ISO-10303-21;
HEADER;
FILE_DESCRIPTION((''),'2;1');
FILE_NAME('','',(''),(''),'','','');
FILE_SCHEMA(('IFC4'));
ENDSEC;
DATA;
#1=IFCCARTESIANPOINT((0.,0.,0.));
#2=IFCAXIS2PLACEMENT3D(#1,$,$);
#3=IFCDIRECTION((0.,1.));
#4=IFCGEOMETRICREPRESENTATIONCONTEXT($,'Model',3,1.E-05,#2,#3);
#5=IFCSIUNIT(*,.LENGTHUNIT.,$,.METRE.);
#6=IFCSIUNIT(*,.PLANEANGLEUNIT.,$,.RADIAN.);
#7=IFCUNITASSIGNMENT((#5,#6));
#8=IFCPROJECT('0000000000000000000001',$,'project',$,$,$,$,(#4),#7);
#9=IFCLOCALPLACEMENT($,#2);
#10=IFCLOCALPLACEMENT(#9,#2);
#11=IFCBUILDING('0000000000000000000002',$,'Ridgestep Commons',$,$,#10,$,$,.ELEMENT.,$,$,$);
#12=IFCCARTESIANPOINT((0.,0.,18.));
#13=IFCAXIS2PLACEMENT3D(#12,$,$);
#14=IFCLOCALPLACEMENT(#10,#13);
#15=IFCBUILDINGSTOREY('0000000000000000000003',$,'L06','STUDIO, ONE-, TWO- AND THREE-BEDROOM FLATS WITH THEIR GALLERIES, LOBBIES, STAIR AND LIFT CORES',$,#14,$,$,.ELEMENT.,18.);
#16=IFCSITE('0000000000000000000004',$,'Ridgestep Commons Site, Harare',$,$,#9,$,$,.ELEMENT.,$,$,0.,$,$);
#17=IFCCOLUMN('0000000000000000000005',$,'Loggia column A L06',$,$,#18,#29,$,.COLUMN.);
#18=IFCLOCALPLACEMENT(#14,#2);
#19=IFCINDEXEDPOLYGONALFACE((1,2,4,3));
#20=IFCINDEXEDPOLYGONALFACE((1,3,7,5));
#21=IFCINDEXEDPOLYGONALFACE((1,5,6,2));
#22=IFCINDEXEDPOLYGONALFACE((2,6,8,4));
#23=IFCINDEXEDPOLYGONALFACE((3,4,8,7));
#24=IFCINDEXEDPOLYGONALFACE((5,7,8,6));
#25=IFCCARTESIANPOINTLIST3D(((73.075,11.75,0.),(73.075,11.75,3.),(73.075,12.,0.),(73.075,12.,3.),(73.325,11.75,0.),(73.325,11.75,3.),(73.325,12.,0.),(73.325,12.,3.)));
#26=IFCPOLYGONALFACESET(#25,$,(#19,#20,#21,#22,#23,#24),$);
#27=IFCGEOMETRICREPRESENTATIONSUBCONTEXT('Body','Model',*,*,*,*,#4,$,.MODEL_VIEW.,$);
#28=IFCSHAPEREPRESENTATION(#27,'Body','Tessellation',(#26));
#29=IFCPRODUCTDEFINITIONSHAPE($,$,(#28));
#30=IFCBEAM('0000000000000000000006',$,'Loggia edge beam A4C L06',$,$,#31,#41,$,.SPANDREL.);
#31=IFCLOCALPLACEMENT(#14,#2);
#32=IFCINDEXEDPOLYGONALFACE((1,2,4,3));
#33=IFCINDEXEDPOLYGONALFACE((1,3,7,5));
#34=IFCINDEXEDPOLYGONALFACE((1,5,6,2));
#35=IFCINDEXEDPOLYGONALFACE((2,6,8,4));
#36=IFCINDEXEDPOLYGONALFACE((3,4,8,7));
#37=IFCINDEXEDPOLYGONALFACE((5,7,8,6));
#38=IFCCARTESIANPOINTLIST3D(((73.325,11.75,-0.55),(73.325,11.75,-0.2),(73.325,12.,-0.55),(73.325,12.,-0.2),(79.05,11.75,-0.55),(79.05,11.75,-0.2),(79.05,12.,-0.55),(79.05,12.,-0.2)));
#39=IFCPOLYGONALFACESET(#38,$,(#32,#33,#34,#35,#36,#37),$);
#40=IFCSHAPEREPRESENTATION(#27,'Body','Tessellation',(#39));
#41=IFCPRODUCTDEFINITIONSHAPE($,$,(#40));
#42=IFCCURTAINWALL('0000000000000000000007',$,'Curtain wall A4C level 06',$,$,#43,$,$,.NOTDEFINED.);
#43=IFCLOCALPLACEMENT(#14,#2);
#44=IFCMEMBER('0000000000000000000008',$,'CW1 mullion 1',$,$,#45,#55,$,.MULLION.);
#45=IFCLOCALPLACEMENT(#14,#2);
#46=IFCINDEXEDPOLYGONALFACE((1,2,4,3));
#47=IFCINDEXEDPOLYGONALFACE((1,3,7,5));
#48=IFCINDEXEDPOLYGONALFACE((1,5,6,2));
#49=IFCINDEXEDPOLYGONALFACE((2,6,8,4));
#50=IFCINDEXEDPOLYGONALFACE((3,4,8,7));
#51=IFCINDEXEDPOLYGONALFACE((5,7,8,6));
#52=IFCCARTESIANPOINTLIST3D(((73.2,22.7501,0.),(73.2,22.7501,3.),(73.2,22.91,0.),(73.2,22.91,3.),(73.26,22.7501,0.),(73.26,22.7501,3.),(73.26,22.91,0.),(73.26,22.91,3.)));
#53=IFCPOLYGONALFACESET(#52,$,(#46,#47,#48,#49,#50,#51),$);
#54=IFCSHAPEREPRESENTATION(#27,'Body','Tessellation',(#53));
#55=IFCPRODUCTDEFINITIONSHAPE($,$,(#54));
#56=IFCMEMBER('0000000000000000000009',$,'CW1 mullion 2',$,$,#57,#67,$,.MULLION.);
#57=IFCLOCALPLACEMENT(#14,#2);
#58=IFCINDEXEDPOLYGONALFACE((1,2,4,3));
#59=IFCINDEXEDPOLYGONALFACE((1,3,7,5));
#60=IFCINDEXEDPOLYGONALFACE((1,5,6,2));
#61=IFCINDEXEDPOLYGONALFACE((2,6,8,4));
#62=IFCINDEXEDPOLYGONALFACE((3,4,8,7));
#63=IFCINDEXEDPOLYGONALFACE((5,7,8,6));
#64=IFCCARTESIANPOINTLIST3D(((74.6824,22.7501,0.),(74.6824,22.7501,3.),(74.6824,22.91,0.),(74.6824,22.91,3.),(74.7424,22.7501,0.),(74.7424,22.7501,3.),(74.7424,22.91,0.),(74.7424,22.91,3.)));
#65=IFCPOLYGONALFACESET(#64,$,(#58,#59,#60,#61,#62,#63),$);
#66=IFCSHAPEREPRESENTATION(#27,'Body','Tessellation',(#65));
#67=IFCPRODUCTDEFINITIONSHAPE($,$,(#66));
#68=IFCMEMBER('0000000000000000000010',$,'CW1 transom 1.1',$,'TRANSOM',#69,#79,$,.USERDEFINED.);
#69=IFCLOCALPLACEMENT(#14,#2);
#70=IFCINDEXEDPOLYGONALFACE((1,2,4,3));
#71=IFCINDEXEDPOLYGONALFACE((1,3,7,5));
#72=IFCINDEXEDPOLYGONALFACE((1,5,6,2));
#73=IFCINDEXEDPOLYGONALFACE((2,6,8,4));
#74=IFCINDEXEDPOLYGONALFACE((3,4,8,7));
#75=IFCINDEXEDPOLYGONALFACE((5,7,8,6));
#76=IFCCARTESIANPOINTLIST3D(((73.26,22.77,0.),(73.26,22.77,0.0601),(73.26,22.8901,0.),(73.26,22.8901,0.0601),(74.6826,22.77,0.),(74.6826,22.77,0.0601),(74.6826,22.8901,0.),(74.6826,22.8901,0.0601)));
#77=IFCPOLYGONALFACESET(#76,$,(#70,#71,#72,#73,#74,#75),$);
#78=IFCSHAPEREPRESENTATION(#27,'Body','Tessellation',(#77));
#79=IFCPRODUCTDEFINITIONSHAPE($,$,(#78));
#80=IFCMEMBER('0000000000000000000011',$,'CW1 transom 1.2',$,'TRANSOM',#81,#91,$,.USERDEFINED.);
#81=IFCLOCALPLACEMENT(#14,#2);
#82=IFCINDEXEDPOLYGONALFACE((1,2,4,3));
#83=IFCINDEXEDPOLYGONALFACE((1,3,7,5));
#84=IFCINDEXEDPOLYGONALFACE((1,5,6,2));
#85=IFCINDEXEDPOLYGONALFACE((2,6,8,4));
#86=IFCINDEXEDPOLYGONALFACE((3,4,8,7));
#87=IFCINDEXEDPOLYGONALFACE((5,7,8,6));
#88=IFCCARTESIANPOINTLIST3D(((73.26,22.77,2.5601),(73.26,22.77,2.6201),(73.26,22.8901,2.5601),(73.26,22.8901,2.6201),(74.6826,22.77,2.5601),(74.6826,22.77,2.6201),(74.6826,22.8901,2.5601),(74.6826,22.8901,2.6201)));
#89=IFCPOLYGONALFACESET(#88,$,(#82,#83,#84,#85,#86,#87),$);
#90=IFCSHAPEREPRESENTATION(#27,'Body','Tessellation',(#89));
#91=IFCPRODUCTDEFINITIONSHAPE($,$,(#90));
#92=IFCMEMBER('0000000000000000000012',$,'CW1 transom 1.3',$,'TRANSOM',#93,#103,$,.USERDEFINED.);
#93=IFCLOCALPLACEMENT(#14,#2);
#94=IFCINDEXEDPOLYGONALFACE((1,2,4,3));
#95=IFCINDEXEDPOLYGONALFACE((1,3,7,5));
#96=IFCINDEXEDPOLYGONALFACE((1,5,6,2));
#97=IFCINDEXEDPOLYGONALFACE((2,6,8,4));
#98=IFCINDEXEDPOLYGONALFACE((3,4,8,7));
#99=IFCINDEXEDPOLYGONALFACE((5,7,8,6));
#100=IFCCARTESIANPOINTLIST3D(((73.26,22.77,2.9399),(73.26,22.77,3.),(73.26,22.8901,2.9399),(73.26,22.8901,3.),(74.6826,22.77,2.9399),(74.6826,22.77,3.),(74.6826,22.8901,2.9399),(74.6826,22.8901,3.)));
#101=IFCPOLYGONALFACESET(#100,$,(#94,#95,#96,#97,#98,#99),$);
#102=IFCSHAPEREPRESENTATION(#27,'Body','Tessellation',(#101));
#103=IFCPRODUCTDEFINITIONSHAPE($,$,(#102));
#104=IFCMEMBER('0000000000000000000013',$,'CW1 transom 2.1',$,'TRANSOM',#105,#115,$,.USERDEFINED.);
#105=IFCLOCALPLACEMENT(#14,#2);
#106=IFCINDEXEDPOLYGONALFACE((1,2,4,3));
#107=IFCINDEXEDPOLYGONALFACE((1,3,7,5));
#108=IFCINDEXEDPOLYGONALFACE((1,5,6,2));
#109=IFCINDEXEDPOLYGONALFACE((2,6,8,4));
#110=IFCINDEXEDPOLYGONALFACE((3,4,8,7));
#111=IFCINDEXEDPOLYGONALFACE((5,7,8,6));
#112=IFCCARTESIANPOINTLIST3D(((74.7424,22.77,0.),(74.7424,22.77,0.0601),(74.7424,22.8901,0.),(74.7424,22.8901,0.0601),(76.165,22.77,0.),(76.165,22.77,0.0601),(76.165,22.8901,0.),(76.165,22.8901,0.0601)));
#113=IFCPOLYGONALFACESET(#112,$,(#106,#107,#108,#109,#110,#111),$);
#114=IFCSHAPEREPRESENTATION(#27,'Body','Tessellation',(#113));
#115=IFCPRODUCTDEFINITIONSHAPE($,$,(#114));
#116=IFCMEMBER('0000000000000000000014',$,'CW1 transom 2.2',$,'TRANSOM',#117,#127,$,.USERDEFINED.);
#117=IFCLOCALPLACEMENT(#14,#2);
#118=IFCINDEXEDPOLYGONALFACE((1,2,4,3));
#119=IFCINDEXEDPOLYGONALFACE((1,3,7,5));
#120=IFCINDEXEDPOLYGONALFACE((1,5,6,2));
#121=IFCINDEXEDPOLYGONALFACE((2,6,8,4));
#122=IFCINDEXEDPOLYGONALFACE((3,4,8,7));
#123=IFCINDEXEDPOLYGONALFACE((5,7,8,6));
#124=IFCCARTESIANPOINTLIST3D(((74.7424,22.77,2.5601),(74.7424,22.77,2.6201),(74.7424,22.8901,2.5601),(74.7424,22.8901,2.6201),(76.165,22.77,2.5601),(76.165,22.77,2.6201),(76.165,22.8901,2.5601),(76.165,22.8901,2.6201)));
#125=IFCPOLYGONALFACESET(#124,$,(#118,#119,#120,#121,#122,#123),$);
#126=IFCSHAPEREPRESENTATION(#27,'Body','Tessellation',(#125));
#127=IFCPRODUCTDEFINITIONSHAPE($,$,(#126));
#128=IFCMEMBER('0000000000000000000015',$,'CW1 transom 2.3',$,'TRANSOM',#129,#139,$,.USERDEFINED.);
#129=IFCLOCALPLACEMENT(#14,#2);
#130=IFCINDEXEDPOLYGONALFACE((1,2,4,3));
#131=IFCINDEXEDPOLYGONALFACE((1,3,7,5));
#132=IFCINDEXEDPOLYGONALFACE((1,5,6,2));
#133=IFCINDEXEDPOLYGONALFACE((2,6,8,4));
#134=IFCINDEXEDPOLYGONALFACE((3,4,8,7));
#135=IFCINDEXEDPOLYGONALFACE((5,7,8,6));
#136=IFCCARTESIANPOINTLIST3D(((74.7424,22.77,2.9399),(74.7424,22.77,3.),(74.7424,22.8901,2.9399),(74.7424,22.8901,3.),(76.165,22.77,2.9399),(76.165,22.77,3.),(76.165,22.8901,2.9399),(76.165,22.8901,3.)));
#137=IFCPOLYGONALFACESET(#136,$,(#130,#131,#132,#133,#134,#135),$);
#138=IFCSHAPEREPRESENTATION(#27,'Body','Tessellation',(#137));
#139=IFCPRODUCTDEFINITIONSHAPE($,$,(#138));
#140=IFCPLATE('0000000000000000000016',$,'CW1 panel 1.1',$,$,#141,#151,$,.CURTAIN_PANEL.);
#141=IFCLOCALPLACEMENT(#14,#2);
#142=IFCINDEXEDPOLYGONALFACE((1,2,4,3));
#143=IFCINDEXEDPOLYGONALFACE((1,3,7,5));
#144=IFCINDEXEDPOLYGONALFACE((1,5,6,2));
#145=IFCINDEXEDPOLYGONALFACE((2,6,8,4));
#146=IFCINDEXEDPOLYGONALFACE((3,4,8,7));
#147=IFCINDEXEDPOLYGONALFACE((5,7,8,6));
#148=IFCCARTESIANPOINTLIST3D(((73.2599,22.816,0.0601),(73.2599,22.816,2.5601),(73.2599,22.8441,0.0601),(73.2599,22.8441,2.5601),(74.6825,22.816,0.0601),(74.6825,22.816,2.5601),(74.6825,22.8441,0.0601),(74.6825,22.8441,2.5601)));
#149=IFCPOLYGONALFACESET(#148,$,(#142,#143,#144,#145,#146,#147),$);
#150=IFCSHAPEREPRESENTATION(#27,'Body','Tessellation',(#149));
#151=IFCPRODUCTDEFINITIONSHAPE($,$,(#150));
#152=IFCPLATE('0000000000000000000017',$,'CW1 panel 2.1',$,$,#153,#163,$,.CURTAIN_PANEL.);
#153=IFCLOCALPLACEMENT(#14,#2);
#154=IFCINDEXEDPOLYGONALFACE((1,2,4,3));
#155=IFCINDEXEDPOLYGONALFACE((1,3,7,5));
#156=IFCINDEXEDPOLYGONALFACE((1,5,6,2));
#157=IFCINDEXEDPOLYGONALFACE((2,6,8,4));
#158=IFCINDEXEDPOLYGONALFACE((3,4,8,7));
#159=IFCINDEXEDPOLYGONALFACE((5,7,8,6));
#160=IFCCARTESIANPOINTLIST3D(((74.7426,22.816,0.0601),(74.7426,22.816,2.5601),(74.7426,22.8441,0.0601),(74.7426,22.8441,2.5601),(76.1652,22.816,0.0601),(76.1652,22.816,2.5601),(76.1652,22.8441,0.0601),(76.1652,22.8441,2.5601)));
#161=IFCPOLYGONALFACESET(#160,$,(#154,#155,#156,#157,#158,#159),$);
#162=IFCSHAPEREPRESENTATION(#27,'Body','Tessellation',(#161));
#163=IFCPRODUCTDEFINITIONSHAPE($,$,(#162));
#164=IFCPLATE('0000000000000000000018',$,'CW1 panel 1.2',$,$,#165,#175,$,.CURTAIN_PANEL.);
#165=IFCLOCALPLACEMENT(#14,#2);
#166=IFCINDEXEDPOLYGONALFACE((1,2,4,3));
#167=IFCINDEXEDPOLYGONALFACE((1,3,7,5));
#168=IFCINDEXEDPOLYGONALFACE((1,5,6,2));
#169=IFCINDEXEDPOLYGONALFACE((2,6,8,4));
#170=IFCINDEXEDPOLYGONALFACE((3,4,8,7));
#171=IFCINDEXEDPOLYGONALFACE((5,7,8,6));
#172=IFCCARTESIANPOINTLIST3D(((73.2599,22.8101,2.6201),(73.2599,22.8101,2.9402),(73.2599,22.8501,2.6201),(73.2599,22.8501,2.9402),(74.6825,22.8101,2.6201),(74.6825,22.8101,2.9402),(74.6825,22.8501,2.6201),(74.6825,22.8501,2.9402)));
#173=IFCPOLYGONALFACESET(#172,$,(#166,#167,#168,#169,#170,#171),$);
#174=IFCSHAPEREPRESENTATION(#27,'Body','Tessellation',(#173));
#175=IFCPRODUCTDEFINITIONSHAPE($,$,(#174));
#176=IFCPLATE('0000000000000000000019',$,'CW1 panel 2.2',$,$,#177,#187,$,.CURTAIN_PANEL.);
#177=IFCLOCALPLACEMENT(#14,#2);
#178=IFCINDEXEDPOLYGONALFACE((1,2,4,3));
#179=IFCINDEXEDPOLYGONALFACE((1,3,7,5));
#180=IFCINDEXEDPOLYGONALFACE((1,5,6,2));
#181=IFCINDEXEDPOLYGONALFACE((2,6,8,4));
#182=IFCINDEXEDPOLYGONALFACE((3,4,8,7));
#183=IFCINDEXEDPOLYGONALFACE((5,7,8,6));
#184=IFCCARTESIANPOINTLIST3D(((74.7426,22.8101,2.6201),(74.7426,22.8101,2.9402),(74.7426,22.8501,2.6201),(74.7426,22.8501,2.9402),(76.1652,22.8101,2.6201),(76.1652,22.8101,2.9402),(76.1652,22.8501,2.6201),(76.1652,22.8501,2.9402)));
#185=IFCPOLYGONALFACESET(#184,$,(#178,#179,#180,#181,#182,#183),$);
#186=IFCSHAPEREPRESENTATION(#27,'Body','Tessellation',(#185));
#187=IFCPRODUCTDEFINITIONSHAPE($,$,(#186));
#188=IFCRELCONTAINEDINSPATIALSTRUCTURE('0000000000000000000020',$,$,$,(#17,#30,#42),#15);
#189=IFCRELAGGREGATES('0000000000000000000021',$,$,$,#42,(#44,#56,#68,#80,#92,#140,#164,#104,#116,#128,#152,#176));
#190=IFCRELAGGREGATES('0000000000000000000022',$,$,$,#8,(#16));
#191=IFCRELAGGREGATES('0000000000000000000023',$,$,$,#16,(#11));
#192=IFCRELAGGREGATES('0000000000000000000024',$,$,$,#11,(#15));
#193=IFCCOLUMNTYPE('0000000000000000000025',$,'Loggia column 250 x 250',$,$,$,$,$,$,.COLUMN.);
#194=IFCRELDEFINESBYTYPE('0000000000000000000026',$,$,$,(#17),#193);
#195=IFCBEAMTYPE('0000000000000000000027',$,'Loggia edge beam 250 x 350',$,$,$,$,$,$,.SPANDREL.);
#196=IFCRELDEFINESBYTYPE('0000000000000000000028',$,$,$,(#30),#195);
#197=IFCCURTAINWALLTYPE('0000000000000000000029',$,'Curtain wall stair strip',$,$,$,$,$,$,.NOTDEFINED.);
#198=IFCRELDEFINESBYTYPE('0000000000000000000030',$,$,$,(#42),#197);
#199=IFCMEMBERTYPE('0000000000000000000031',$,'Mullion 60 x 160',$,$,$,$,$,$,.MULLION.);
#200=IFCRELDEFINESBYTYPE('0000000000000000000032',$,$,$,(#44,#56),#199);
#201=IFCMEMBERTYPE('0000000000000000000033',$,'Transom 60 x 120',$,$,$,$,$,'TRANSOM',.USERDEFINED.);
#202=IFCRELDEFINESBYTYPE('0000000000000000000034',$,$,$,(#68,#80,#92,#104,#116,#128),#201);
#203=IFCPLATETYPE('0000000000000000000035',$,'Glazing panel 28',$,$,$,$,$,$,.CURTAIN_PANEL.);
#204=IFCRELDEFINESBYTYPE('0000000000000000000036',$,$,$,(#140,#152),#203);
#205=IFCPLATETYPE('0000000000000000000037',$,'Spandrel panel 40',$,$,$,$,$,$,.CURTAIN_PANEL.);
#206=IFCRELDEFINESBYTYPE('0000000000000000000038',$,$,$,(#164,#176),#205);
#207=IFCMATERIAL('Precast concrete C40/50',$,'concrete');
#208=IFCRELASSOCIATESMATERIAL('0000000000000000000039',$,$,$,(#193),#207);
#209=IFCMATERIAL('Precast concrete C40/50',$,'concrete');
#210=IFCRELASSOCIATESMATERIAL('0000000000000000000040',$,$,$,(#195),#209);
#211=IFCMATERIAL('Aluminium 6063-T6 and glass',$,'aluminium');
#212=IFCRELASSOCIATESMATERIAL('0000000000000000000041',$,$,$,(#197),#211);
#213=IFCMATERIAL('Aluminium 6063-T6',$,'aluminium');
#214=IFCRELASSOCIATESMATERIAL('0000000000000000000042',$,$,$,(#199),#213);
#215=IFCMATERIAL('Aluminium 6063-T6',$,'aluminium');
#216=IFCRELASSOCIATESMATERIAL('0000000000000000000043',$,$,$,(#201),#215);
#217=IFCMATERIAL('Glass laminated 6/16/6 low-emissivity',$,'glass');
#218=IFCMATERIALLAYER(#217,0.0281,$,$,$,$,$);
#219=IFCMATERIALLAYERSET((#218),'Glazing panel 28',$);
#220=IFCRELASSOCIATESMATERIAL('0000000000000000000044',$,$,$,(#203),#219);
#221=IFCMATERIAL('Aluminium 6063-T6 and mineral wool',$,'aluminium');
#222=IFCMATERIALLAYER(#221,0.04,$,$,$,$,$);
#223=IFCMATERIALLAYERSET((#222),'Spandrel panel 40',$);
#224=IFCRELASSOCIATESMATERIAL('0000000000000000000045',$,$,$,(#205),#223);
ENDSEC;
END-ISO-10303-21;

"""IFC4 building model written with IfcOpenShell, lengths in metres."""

from ifc_helpers import new_model, si_unit, direction, frame, origin, origin_2d, place, context, subcontext, project, spatial, rectangle, extrude, material, layer, layer_set, material_profile, profile_set, type_object, element, aggregate, save


model = new_model("IFC4")

# Units and contexts
model_context = context("Model", 3, precision=1e-05, world=origin(), true_north=direction((0.0, 1.0)))
body_context = subcontext(model_context, "Body", "Model", "MODEL_VIEW")
ifc_project = project(units=[si_unit("LENGTHUNIT", "METRE"), si_unit("PLANEANGLEUNIT", "RADIAN")], contexts=[model_context])

# Site, building, storey
site_placement = place(None, origin())
site = spatial("IfcSite", under=ifc_project, at=site_placement, Name="Ridgestep Commons Site, Harare", CompositionType="ELEMENT", RefElevation=0.0)
building_placement = place(site_placement, origin())
building = spatial("IfcBuilding", under=site, at=building_placement, Name="Ridgestep Commons", CompositionType="ELEMENT")
storey_placement = place(building_placement, frame((0.0, 0.0, 18.0)))
storey = spatial("IfcBuildingStorey", under=building, at=storey_placement, Name="L06", Description="STUDIO, ONE-, TWO- AND THREE-BEDROOM FLATS WITH THEIR GALLERIES, LOBBIES, STAIR AND LIFT CORES", CompositionType="ELEMENT", Elevation=18.0)

# Column
ifc_material_1 = material(Name="Precast concrete C40/50", Category="concrete")
ifc_material_profile_1 = material_profile(ifc_material_1, rectangle(XDim=0.25, YDim=0.25, at=origin_2d()), Name="PC 250x250")
ifc_profile_set_1 = profile_set([ifc_material_profile_1], Name="Precast concrete C40/50")
column_type = type_object("IfcColumnType", Name="Loggia column 250 x 250", PredefinedType="COLUMN", material=ifc_profile_set_1)
column_placement = place(storey_placement, frame((73.2, 11.875, 0.0), z_axis=(0.0, 0.0, 1.0), x_axis=(1.0, 0.0, 0.0)))
element("IfcColumn", 1, at=column_placement, inside=storey, type_object=column_type, Name="Loggia column A L06", PredefinedType="COLUMN", context=body_context, shape_type="SweptSolid", body=[
    extrude(rectangle(XDim=0.25, YDim=0.25, at=origin_2d()), origin(), (0.0, 0.0, 1.0), 3.0),
])

# Beam
ifc_material_2 = material(Name="Precast concrete C40/50", Category="concrete")
ifc_material_profile_2 = material_profile(ifc_material_2, rectangle(XDim=0.25, YDim=0.3501, at=origin_2d()), Name="PC 250x350")
ifc_profile_set_2 = profile_set([ifc_material_profile_2], Name="Precast concrete C40/50")
beam_type = type_object("IfcBeamType", Name="Loggia edge beam 250 x 350", PredefinedType="SPANDREL", material=ifc_profile_set_2)
beam_placement = place(storey_placement, frame((73.325, 11.875, -0.375), z_axis=(1.0, 0.0, 0.0), x_axis=(0.0, 1.0, 0.0)))
element("IfcBeam", 2, at=beam_placement, inside=storey, type_object=beam_type, Name="Loggia edge beam A4C L06", PredefinedType="SPANDREL", context=body_context, shape_type="SweptSolid", body=[
    extrude(rectangle(XDim=0.25, YDim=0.3501, at=origin_2d()), origin(), (0.0, 0.0, 1.0), 5.7251),
])

# Curtain wall, members, plates
ifc_material_3 = material(Name="Aluminium 6063-T6 and glass", Category="aluminium")
curtain_wall_type = type_object("IfcCurtainWallType", Name="Curtain wall stair strip", PredefinedType="NOTDEFINED", material=ifc_material_3)
curtain_wall_placement = place(storey_placement, origin())
curtain_wall = element("IfcCurtainWall", 3, at=curtain_wall_placement, inside=storey, type_object=curtain_wall_type, Name="Curtain wall A4C level 06", PredefinedType="NOTDEFINED")
ifc_material_4 = material(Name="Aluminium 6063-T6", Category="aluminium")
ifc_material_profile_3 = material_profile(ifc_material_4, rectangle(XDim=0.1599, YDim=0.0601, at=origin_2d()), Name="Mullion 60 x 160")
ifc_profile_set_3 = profile_set([ifc_material_profile_3], Name="Aluminium 6063-T6")
member_type_1 = type_object("IfcMemberType", Name="Mullion 60 x 160", PredefinedType="MULLION", material=ifc_profile_set_3)
member_1_placement = place(storey_placement, frame((73.23, 22.8301, 0.0), z_axis=(0.0, 0.0, 1.0), x_axis=(0.0, 1.0, 0.0)))
member_1 = element("IfcMember", 4, at=member_1_placement, type_object=member_type_1, Name="CW1 mullion 1", PredefinedType="MULLION", context=body_context, shape_type="SweptSolid", body=[
    extrude(rectangle(XDim=0.1599, YDim=0.0601, at=origin_2d()), origin(), (0.0, 0.0, 1.0), 3.0),
])
member_2_placement = place(storey_placement, frame((74.7124, 22.8301, 0.0), z_axis=(0.0, 0.0, 1.0), x_axis=(0.0, 1.0, 0.0)))
member_2 = element("IfcMember", 5, at=member_2_placement, type_object=member_type_1, Name="CW1 mullion 2", PredefinedType="MULLION", context=body_context, shape_type="SweptSolid", body=[
    extrude(rectangle(XDim=0.1599, YDim=0.0601, at=origin_2d()), origin(), (0.0, 0.0, 1.0), 3.0),
])
ifc_material_5 = material(Name="Aluminium 6063-T6", Category="aluminium")
ifc_material_profile_4 = material_profile(ifc_material_5, rectangle(XDim=0.1201, YDim=0.0601, at=origin_2d()), Name="Transom 60 x 120")
ifc_profile_set_4 = profile_set([ifc_material_profile_4], Name="Aluminium 6063-T6")
member_type_2 = type_object("IfcMemberType", Name="Transom 60 x 120", ElementType="TRANSOM", PredefinedType="USERDEFINED", material=ifc_profile_set_4)
member_3_placement = place(storey_placement, frame((73.26, 22.8301, 0.03), z_axis=(1.0, 0.0, 0.0), x_axis=(0.0, 1.0, 0.0)))
member_3 = element("IfcMember", 6, at=member_3_placement, type_object=member_type_2, Name="CW1 transom 1.1", ObjectType="TRANSOM", PredefinedType="USERDEFINED", context=body_context, shape_type="SweptSolid", body=[
    extrude(rectangle(XDim=0.1201, YDim=0.0601, at=origin_2d()), origin(), (0.0, 0.0, 1.0), 1.4226),
])
member_4_placement = place(storey_placement, frame((73.26, 22.8301, 2.5901), z_axis=(1.0, 0.0, 0.0), x_axis=(0.0, 1.0, 0.0)))
member_4 = element("IfcMember", 7, at=member_4_placement, type_object=member_type_2, Name="CW1 transom 1.2", ObjectType="TRANSOM", PredefinedType="USERDEFINED", context=body_context, shape_type="SweptSolid", body=[
    extrude(rectangle(XDim=0.1201, YDim=0.0601, at=origin_2d()), origin(), (0.0, 0.0, 1.0), 1.4226),
])
member_5_placement = place(storey_placement, frame((73.26, 22.8301, 2.97), z_axis=(1.0, 0.0, 0.0), x_axis=(0.0, 1.0, 0.0)))
member_5 = element("IfcMember", 8, at=member_5_placement, type_object=member_type_2, Name="CW1 transom 1.3", ObjectType="TRANSOM", PredefinedType="USERDEFINED", context=body_context, shape_type="SweptSolid", body=[
    extrude(rectangle(XDim=0.1201, YDim=0.0601, at=origin_2d()), origin(), (0.0, 0.0, 1.0), 1.4226),
])
member_6_placement = place(storey_placement, frame((74.7424, 22.8301, 0.03), z_axis=(1.0, 0.0, 0.0), x_axis=(0.0, 1.0, 0.0)))
member_6 = element("IfcMember", 9, at=member_6_placement, type_object=member_type_2, Name="CW1 transom 2.1", ObjectType="TRANSOM", PredefinedType="USERDEFINED", context=body_context, shape_type="SweptSolid", body=[
    extrude(rectangle(XDim=0.1201, YDim=0.0601, at=origin_2d()), origin(), (0.0, 0.0, 1.0), 1.4226),
])
member_7_placement = place(storey_placement, frame((74.7424, 22.8301, 2.5901), z_axis=(1.0, 0.0, 0.0), x_axis=(0.0, 1.0, 0.0)))
member_7 = element("IfcMember", 10, at=member_7_placement, type_object=member_type_2, Name="CW1 transom 2.2", ObjectType="TRANSOM", PredefinedType="USERDEFINED", context=body_context, shape_type="SweptSolid", body=[
    extrude(rectangle(XDim=0.1201, YDim=0.0601, at=origin_2d()), origin(), (0.0, 0.0, 1.0), 1.4226),
])
member_8_placement = place(storey_placement, frame((74.7424, 22.8301, 2.97), z_axis=(1.0, 0.0, 0.0), x_axis=(0.0, 1.0, 0.0)))
member_8 = element("IfcMember", 11, at=member_8_placement, type_object=member_type_2, Name="CW1 transom 2.3", ObjectType="TRANSOM", PredefinedType="USERDEFINED", context=body_context, shape_type="SweptSolid", body=[
    extrude(rectangle(XDim=0.1201, YDim=0.0601, at=origin_2d()), origin(), (0.0, 0.0, 1.0), 1.4226),
])
ifc_material_6 = material(Name="Glass laminated 6/16/6 low-emissivity", Category="glass")
ifc_layer_1 = layer(ifc_material_6, 0.0281)
ifc_layer_set_1 = layer_set([ifc_layer_1], Name="Glazing panel 28")
plate_type_1 = type_object("IfcPlateType", Name="Glazing panel 28", PredefinedType="CURTAIN_PANEL", material=ifc_layer_set_1)
plate_1_placement = place(storey_placement, frame((73.9712, 22.8301, 0.0601), z_axis=(0.0, 0.0, 1.0), x_axis=(1.0, 0.0, 0.0)))
plate_1 = element("IfcPlate", 12, at=plate_1_placement, type_object=plate_type_1, Name="CW1 panel 1.1", PredefinedType="CURTAIN_PANEL", context=body_context, shape_type="SweptSolid", body=[
    extrude(rectangle(XDim=1.4226, YDim=0.0281, at=origin_2d()), origin(), (0.0, 0.0, 1.0), 2.5),
])
plate_2_placement = place(storey_placement, frame((75.4539, 22.8301, 0.0601), z_axis=(0.0, 0.0, 1.0), x_axis=(1.0, 0.0, 0.0)))
plate_2 = element("IfcPlate", 13, at=plate_2_placement, type_object=plate_type_1, Name="CW1 panel 2.1", PredefinedType="CURTAIN_PANEL", context=body_context, shape_type="SweptSolid", body=[
    extrude(rectangle(XDim=1.4226, YDim=0.0281, at=origin_2d()), origin(), (0.0, 0.0, 1.0), 2.5),
])
ifc_material_7 = material(Name="Aluminium 6063-T6 and mineral wool", Category="aluminium")
ifc_layer_2 = layer(ifc_material_7, 0.04)
ifc_layer_set_2 = layer_set([ifc_layer_2], Name="Spandrel panel 40")
plate_type_2 = type_object("IfcPlateType", Name="Spandrel panel 40", PredefinedType="CURTAIN_PANEL", material=ifc_layer_set_2)
plate_3_placement = place(storey_placement, frame((73.9712, 22.8301, 2.6201), z_axis=(0.0, 0.0, 1.0), x_axis=(1.0, 0.0, 0.0)))
plate_3 = element("IfcPlate", 14, at=plate_3_placement, type_object=plate_type_2, Name="CW1 panel 1.2", PredefinedType="CURTAIN_PANEL", context=body_context, shape_type="SweptSolid", body=[
    extrude(rectangle(XDim=1.4226, YDim=0.04, at=origin_2d()), origin(), (0.0, 0.0, 1.0), 0.3201),
])
plate_4_placement = place(storey_placement, frame((75.4539, 22.8301, 2.6201), z_axis=(0.0, 0.0, 1.0), x_axis=(1.0, 0.0, 0.0)))
plate_4 = element("IfcPlate", 15, at=plate_4_placement, type_object=plate_type_2, Name="CW1 panel 2.2", PredefinedType="CURTAIN_PANEL", context=body_context, shape_type="SweptSolid", body=[
    extrude(rectangle(XDim=1.4226, YDim=0.04, at=origin_2d()), origin(), (0.0, 0.0, 1.0), 0.3201),
])
aggregate(curtain_wall, [member_1, member_2, member_3, member_4, member_5, plate_1, plate_3, member_6, member_7, member_8, plate_2, plate_4])

save(model, "model.ifc")
